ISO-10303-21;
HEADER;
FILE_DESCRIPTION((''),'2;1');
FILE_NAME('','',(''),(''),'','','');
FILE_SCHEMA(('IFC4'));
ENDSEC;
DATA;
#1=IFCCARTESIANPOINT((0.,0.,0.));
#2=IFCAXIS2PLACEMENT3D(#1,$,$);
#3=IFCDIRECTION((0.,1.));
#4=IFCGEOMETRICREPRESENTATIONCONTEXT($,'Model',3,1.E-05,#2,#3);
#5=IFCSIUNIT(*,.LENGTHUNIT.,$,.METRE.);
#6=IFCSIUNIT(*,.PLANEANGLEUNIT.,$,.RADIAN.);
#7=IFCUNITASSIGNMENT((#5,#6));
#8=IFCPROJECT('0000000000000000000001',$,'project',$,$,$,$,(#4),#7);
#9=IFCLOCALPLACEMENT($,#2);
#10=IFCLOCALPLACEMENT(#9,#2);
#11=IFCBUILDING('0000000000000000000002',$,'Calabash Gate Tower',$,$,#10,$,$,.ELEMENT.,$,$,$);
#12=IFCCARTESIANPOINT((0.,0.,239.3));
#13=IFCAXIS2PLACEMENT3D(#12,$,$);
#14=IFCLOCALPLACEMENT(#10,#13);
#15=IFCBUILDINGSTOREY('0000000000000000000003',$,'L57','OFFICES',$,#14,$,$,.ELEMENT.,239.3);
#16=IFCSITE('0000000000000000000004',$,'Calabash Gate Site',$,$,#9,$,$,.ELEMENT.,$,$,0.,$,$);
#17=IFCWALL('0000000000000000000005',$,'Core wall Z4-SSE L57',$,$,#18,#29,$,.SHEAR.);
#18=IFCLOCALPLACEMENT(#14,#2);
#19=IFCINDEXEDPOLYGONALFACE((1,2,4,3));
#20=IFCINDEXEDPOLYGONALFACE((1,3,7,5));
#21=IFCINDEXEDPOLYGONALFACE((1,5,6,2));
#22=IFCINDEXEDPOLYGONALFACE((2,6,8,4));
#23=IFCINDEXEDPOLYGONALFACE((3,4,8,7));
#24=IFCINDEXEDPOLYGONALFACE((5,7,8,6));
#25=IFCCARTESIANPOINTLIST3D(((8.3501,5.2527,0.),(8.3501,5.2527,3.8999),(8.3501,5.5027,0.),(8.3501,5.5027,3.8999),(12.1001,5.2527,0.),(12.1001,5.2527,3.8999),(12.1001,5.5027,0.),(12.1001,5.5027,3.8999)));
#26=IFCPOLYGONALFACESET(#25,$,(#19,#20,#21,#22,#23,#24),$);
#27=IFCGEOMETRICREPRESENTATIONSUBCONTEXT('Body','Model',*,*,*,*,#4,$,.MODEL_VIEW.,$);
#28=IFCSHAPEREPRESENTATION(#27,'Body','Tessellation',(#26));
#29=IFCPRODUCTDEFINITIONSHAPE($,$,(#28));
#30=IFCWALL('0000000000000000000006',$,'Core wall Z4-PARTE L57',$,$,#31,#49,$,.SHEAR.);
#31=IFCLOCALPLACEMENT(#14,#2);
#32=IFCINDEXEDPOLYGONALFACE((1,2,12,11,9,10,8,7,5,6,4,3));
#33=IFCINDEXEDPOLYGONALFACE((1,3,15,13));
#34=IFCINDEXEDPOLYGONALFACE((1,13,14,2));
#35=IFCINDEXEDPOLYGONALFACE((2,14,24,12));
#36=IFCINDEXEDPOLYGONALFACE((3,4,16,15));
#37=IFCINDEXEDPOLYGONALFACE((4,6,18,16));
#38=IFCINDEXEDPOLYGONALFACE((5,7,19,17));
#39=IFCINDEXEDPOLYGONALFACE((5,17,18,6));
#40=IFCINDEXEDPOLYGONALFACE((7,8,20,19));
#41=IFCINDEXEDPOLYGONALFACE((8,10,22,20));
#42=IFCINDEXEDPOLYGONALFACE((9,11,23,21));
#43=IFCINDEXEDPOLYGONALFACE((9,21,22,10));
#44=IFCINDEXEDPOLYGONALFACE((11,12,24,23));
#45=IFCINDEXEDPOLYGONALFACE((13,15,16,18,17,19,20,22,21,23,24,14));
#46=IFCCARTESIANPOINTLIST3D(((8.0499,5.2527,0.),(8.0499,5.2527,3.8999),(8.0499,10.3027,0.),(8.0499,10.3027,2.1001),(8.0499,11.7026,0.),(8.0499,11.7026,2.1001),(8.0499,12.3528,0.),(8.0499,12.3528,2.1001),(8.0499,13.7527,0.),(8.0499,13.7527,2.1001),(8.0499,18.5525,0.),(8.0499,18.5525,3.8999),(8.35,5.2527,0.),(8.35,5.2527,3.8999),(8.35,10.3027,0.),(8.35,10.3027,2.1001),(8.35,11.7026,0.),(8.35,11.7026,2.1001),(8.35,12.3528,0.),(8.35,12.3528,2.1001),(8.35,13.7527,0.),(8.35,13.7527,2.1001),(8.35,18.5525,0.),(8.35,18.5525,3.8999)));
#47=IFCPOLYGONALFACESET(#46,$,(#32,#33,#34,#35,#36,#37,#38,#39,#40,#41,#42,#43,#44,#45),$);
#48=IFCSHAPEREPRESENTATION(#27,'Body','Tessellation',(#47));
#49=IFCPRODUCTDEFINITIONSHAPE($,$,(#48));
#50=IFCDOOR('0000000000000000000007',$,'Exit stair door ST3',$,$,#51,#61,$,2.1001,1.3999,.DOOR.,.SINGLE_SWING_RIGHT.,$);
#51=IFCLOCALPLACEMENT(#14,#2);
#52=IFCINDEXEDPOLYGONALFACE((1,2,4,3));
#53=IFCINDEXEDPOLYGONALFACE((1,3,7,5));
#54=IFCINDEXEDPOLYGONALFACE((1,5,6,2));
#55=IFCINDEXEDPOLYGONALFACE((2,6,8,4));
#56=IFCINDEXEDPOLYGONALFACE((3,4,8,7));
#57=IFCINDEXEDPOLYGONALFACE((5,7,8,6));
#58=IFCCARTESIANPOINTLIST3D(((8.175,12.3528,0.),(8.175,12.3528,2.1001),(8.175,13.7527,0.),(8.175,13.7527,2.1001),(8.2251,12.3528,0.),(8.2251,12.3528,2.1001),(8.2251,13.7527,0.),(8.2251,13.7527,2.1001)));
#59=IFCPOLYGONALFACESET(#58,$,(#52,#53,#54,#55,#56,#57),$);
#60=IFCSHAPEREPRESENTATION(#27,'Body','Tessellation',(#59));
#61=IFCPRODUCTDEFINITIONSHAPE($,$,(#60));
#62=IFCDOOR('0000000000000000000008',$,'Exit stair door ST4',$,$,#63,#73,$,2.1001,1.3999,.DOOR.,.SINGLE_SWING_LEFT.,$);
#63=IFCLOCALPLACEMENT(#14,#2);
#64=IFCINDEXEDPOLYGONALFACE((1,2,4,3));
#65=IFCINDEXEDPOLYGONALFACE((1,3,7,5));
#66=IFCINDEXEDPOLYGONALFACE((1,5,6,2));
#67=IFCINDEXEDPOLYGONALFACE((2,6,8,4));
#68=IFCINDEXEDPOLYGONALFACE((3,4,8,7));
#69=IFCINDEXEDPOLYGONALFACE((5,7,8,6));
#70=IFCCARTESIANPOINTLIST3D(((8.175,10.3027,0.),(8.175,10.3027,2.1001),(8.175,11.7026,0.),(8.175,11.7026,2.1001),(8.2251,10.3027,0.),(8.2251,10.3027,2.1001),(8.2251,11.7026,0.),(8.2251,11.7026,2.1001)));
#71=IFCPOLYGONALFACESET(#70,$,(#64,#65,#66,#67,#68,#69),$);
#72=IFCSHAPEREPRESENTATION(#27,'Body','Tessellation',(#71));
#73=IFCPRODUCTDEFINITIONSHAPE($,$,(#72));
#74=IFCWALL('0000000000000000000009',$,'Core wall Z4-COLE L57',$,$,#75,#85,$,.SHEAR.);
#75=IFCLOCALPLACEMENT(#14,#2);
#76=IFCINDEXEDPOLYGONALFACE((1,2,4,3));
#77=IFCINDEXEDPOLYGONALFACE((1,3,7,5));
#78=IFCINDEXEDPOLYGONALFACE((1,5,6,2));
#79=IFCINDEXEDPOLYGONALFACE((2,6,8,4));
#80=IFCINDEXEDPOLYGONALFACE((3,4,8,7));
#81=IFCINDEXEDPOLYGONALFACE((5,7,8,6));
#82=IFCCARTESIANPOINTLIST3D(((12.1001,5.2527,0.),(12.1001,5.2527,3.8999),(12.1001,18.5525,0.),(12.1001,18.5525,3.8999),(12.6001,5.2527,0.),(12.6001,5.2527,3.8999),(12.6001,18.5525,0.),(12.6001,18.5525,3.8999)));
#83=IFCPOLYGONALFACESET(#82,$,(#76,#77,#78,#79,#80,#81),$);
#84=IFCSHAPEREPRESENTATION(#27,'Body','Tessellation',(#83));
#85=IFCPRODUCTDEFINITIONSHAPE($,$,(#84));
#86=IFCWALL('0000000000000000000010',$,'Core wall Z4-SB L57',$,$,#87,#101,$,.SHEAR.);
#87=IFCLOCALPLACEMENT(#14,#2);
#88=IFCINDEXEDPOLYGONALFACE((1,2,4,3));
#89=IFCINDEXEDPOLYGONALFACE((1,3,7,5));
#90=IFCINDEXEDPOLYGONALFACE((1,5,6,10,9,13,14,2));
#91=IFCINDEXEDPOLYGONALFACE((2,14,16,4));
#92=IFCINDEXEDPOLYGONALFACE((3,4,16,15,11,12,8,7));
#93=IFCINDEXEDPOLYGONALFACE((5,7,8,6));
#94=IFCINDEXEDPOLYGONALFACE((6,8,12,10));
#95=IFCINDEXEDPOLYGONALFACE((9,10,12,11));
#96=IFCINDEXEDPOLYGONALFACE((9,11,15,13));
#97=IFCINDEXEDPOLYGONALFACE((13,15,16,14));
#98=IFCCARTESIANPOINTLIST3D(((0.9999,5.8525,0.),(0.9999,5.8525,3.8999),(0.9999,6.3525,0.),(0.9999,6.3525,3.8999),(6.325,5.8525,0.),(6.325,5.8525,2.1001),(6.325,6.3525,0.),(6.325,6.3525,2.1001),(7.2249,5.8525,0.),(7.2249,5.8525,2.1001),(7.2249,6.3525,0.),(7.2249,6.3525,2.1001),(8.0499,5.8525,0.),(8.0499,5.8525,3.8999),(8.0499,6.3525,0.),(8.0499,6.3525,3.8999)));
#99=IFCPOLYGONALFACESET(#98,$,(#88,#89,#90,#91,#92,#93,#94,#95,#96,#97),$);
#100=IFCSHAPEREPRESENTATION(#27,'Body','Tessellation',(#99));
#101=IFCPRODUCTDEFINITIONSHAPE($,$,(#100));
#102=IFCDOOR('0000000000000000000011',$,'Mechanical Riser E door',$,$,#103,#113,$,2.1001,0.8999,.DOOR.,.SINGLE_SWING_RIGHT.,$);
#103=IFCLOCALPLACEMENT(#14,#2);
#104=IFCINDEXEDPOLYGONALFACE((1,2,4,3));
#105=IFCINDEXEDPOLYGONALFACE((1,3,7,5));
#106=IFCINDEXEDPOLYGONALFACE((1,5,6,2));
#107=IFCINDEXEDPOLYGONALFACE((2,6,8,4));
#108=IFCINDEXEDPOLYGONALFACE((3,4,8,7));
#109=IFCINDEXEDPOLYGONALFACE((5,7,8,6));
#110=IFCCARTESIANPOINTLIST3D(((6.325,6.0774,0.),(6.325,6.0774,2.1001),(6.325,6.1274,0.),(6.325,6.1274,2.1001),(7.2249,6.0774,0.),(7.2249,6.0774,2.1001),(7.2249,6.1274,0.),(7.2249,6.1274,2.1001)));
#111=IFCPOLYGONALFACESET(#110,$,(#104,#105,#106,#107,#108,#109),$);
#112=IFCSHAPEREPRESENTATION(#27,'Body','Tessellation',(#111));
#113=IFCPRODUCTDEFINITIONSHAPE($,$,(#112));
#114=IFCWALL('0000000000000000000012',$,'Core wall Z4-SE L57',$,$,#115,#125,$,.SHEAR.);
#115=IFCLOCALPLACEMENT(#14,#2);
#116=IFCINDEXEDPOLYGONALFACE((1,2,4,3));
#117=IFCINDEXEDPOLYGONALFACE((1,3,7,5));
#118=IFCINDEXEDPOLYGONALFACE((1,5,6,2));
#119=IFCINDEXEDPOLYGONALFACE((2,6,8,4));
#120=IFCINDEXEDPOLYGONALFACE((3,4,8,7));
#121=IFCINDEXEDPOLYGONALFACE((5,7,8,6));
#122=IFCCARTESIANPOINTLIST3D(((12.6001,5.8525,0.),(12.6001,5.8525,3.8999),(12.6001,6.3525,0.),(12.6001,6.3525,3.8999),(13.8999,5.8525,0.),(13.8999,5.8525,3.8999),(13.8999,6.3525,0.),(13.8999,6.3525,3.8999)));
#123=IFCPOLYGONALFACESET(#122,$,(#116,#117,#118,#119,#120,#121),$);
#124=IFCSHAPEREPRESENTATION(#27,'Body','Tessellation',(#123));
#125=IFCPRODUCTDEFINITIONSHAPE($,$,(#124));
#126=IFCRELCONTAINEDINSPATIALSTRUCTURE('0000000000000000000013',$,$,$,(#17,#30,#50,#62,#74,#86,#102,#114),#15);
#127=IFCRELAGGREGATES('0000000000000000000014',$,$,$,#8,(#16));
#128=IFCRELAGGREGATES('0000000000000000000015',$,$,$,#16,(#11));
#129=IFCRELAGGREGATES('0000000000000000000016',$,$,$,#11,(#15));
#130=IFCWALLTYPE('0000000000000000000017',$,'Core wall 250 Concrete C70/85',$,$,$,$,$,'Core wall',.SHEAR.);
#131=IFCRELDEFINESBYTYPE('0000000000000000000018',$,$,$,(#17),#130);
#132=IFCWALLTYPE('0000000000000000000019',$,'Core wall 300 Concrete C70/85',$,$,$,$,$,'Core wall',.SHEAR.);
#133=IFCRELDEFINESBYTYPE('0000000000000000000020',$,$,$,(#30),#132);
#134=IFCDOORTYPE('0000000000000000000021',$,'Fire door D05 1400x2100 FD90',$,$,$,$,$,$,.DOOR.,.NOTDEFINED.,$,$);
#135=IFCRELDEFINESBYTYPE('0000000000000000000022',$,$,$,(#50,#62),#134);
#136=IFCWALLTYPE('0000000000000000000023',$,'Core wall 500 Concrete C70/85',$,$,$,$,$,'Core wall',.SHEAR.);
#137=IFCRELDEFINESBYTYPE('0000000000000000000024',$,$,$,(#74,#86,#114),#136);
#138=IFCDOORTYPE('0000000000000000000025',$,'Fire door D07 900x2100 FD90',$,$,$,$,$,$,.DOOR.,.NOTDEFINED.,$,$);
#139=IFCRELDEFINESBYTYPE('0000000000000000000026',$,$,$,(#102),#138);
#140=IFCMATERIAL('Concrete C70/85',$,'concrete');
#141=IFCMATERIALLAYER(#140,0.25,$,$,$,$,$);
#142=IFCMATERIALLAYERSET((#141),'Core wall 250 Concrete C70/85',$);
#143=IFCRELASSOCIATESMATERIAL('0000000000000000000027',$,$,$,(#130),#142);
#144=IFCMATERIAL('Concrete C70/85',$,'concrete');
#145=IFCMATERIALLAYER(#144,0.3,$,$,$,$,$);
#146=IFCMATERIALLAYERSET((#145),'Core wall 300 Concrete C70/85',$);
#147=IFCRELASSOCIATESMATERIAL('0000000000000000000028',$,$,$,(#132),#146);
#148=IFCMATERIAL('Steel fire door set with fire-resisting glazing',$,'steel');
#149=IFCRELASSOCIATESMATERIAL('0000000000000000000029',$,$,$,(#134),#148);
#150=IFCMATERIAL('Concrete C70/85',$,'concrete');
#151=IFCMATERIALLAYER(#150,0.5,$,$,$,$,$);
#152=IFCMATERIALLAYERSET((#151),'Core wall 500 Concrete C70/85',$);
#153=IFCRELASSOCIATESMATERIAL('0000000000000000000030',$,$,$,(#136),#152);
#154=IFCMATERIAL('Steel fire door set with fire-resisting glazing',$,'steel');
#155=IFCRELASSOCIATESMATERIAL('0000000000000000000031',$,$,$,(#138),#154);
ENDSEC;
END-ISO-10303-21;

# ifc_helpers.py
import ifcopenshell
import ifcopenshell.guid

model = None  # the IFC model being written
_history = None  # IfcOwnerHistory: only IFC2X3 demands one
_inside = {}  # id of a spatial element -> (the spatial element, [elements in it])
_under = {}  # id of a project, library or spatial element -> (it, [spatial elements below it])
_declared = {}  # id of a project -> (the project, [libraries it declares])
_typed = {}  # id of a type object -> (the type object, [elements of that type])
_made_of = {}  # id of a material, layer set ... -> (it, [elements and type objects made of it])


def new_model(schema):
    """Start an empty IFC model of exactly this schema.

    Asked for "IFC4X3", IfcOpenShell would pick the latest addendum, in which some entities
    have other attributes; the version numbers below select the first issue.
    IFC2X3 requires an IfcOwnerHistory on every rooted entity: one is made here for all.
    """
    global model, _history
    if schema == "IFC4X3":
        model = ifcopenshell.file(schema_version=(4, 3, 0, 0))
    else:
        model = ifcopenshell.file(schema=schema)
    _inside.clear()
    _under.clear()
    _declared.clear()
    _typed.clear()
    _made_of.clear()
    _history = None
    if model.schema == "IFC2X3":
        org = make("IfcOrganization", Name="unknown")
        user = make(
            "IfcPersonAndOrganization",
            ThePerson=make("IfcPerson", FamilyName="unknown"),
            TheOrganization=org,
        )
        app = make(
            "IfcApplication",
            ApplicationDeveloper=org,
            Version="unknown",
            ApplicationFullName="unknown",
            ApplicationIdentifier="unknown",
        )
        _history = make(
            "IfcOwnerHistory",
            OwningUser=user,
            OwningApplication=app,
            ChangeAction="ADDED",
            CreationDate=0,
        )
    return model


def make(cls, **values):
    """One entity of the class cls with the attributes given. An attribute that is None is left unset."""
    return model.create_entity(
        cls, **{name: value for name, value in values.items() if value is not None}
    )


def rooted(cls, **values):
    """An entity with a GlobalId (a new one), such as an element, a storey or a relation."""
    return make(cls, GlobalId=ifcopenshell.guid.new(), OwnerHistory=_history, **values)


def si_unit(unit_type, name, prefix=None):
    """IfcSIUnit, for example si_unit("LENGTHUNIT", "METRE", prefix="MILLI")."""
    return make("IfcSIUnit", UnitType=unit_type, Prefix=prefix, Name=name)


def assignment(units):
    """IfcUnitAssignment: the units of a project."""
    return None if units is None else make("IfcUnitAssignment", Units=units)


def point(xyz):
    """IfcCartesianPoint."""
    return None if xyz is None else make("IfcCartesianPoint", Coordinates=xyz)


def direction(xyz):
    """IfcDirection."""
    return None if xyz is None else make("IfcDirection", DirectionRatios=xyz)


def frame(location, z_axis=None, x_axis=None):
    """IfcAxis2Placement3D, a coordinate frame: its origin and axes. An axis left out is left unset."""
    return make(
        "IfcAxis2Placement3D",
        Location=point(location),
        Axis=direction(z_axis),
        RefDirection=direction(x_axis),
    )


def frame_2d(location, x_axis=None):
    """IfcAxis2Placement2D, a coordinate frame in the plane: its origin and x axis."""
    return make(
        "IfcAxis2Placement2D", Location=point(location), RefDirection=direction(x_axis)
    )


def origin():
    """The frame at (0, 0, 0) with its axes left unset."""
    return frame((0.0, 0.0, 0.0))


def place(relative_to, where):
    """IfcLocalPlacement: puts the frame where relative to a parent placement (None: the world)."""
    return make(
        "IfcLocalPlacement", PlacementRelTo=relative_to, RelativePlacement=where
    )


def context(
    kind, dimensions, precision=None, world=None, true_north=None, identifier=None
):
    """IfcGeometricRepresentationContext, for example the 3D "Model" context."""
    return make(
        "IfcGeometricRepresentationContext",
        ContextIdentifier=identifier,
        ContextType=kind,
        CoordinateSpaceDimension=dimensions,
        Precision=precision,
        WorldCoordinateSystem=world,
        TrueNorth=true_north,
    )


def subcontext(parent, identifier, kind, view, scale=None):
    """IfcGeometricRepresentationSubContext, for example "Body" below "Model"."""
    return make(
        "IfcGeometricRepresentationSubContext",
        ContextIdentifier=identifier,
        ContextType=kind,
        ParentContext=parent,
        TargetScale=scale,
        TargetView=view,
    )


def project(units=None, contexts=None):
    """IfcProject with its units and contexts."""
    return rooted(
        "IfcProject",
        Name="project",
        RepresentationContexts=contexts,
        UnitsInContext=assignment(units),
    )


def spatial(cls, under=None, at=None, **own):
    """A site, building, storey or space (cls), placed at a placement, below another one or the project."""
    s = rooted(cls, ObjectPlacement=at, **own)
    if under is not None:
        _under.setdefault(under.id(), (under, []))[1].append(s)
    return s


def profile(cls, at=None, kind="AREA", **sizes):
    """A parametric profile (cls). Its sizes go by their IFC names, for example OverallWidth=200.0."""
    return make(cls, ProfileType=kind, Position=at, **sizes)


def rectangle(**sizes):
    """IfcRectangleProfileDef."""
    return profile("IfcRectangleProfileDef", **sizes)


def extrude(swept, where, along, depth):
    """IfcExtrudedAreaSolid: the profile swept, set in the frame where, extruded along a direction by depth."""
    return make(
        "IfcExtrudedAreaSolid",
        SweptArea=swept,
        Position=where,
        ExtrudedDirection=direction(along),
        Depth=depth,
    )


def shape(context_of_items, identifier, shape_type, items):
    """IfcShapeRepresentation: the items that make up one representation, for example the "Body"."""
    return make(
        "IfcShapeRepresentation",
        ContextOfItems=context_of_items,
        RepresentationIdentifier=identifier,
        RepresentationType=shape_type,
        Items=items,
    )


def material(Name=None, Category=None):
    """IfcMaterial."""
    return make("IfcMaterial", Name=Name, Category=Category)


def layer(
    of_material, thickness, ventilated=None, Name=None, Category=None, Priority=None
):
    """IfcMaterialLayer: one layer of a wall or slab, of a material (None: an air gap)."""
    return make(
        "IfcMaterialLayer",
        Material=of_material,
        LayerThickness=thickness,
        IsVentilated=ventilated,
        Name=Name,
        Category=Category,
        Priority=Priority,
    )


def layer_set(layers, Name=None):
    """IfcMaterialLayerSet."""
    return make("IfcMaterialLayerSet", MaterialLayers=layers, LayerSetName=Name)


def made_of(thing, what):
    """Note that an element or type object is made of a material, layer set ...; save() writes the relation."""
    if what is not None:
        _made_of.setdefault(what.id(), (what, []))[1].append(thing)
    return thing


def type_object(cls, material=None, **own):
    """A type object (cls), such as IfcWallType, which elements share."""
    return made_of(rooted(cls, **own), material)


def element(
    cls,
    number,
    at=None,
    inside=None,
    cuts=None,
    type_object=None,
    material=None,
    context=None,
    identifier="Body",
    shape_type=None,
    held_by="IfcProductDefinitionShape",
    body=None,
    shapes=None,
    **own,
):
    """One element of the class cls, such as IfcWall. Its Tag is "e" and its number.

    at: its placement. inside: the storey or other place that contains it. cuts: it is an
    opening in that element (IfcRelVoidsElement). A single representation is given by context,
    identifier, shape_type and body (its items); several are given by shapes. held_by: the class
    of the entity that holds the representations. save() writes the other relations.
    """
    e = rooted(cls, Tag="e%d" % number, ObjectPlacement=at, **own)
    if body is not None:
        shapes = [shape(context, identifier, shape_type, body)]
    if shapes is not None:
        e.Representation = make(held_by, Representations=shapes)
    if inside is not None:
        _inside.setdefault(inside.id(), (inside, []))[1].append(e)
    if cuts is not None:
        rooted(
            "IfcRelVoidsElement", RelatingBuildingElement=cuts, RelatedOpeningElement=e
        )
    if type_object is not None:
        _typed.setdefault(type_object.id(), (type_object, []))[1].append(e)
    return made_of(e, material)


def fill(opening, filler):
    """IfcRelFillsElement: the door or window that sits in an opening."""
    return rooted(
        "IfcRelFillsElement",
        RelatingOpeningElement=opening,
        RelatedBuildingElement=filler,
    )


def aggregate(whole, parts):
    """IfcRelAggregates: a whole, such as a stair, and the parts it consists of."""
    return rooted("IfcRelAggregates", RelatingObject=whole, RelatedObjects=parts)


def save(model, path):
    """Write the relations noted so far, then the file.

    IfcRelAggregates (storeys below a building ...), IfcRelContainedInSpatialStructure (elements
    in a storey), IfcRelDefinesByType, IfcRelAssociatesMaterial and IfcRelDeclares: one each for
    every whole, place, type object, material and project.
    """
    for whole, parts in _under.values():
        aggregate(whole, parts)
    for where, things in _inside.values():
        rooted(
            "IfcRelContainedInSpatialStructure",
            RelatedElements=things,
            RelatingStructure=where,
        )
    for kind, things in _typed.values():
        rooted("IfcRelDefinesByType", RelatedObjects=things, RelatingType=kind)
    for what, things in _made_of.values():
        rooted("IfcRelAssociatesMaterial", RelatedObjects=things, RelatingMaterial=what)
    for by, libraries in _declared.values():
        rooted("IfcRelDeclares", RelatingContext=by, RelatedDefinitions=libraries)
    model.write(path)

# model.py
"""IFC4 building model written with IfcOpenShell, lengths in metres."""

from ifc_helpers import new_model, si_unit, direction, frame, frame_2d, origin, place, context, subcontext, project, spatial, rectangle, extrude, material, layer, layer_set, type_object, element, fill, save


model = new_model("IFC4")

# Units and contexts
model_context = context("Model", 3, precision=1e-05, world=origin(), true_north=direction((0.0, 1.0)))
body_context = subcontext(model_context, "Body", "Model", "MODEL_VIEW")
ifc_project = project(units=[si_unit("LENGTHUNIT", "METRE"), si_unit("PLANEANGLEUNIT", "RADIAN")], contexts=[model_context])

# Site, building, storey
site_placement = place(None, origin())
site = spatial("IfcSite", under=ifc_project, at=site_placement, Name="Calabash Gate Site", CompositionType="ELEMENT", RefElevation=0.0)
building_placement = place(site_placement, origin())
building = spatial("IfcBuilding", under=site, at=building_placement, Name="Calabash Gate Tower", CompositionType="ELEMENT")
storey_placement = place(building_placement, frame((0.0, 0.0, 239.3)))
storey = spatial("IfcBuildingStorey", under=building, at=storey_placement, Name="L57", Description="OFFICES", CompositionType="ELEMENT", Elevation=239.3)

# Wall
ifc_material_1 = material(Name="Concrete C70/85", Category="concrete")
ifc_layer_1 = layer(ifc_material_1, 0.25)
ifc_layer_set_1 = layer_set([ifc_layer_1], Name="Core wall 250 Concrete C70/85")
wall_type_1 = type_object("IfcWallType", Name="Core wall 250 Concrete C70/85", ElementType="Core wall", PredefinedType="SHEAR", material=ifc_layer_set_1)
wall_1_placement = place(storey_placement, frame((8.3501, 5.3777, 0.0), z_axis=(0.0, 0.0, 1.0), x_axis=(1.0, 0.0, 0.0)))
element("IfcWall", 1, at=wall_1_placement, inside=storey, type_object=wall_type_1, Name="Core wall Z4-SSE L57", PredefinedType="SHEAR", context=body_context, shape_type="SweptSolid", body=[
    extrude(rectangle(XDim=3.75, YDim=0.25, at=frame_2d((1.875, 0.0))), origin(), (0.0, 0.0, 1.0), 3.8999),
])

# Wall, openings, doors
ifc_material_2 = material(Name="Concrete C70/85", Category="concrete")
ifc_layer_2 = layer(ifc_material_2, 0.3)
ifc_layer_set_2 = layer_set([ifc_layer_2], Name="Core wall 300 Concrete C70/85")
wall_type_2 = type_object("IfcWallType", Name="Core wall 300 Concrete C70/85", ElementType="Core wall", PredefinedType="SHEAR", material=ifc_layer_set_2)
wall_2_placement = place(storey_placement, frame((8.2, 5.2527, 0.0), z_axis=(0.0, 0.0, 1.0), x_axis=(0.0, 1.0, 0.0)))
wall_2 = element("IfcWall", 2, at=wall_2_placement, inside=storey, type_object=wall_type_2, Name="Core wall Z4-PARTE L57", PredefinedType="SHEAR", context=body_context, shape_type="SweptSolid", body=[
    extrude(rectangle(XDim=13.2998, YDim=0.3, at=frame_2d((6.6499, 0.0))), origin(), (0.0, 0.0, 1.0), 3.8999),
])
opening_1_placement = place(wall_2_placement, frame((7.1001, 0.0, 0.0)))
opening_1 = element("IfcOpeningElement", 3, at=opening_1_placement, cuts=wall_2, PredefinedType="OPENING", context=body_context, shape_type="SweptSolid", body=[
    extrude(rectangle(XDim=1.3999, YDim=2.1001, at=frame_2d((0.7, 1.05))), frame((0.0, 0.1599, 0.0), z_axis=(0.0, -1.0, 0.0), x_axis=(1.0, 0.0, 0.0)), (0.0, 0.0, 1.0), 0.3201),
])
opening_2_placement = place(wall_2_placement, frame((5.05, 0.0, 0.0)))
opening_2 = element("IfcOpeningElement", 4, at=opening_2_placement, cuts=wall_2, PredefinedType="OPENING", context=body_context, shape_type="SweptSolid", body=[
    extrude(rectangle(XDim=1.3999, YDim=2.1001, at=frame_2d((0.7, 1.05))), frame((0.0, 0.1599, 0.0), z_axis=(0.0, -1.0, 0.0), x_axis=(1.0, 0.0, 0.0)), (0.0, 0.0, 1.0), 0.3201),
])
ifc_material_3 = material(Name="Steel fire door set with fire-resisting glazing", Category="steel")
door_type_1 = type_object("IfcDoorType", Name="Fire door D05 1400x2100 FD90", OperationType="NOTDEFINED", PredefinedType="DOOR", material=ifc_material_3)
door_1_placement = place(opening_1_placement, origin())
door_1 = element("IfcDoor", 5, at=door_1_placement, inside=storey, type_object=door_type_1, Name="Exit stair door ST3", OperationType="SINGLE_SWING_RIGHT", OverallHeight=2.1001, OverallWidth=1.3999, PredefinedType="DOOR", context=body_context, shape_type="SweptSolid", body=[
    extrude(rectangle(XDim=1.3999, YDim=2.1001, at=frame_2d((0.7, 1.05))), frame((0.0, 0.0249, 0.0), z_axis=(0.0, -1.0, 0.0), x_axis=(1.0, 0.0, 0.0)), (0.0, 0.0, 1.0), 0.05),
])
fill(opening_1, door_1)
door_2_placement = place(opening_2_placement, origin())
door_2 = element("IfcDoor", 6, at=door_2_placement, inside=storey, type_object=door_type_1, Name="Exit stair door ST4", OperationType="SINGLE_SWING_LEFT", OverallHeight=2.1001, OverallWidth=1.3999, PredefinedType="DOOR", context=body_context, shape_type="SweptSolid", body=[
    extrude(rectangle(XDim=1.3999, YDim=2.1001, at=frame_2d((0.7, 1.05))), frame((0.0, 0.0249, 0.0), z_axis=(0.0, -1.0, 0.0), x_axis=(1.0, 0.0, 0.0)), (0.0, 0.0, 1.0), 0.05),
])
fill(opening_2, door_2)

# Wall
ifc_material_4 = material(Name="Concrete C70/85", Category="concrete")
ifc_layer_3 = layer(ifc_material_4, 0.5)
ifc_layer_set_3 = layer_set([ifc_layer_3], Name="Core wall 500 Concrete C70/85")
wall_type_3 = type_object("IfcWallType", Name="Core wall 500 Concrete C70/85", ElementType="Core wall", PredefinedType="SHEAR", material=ifc_layer_set_3)
wall_3_placement = place(storey_placement, frame((12.3501, 5.2527, 0.0), z_axis=(0.0, 0.0, 1.0), x_axis=(0.0, 1.0, 0.0)))
element("IfcWall", 7, at=wall_3_placement, inside=storey, type_object=wall_type_3, Name="Core wall Z4-COLE L57", PredefinedType="SHEAR", context=body_context, shape_type="SweptSolid", body=[
    extrude(rectangle(XDim=13.2998, YDim=0.5, at=frame_2d((6.6499, 0.0))), origin(), (0.0, 0.0, 1.0), 3.8999),
])

# Wall, opening, door
wall_4_placement = place(storey_placement, frame((1.0, 6.1025, 0.0), z_axis=(0.0, 0.0, 1.0), x_axis=(1.0, 0.0, 0.0)))
wall_4 = element("IfcWall", 8, at=wall_4_placement, inside=storey, type_object=wall_type_3, Name="Core wall Z4-SB L57", PredefinedType="SHEAR", context=body_context, shape_type="SweptSolid", body=[
    extrude(rectangle(XDim=7.05, YDim=0.5, at=frame_2d((3.5249, 0.0))), origin(), (0.0, 0.0, 1.0), 3.8999),
])
opening_3_placement = place(wall_4_placement, frame((5.325, 0.0, 0.0)))
opening_3 = element("IfcOpeningElement", 9, at=opening_3_placement, cuts=wall_4, PredefinedType="OPENING", context=body_context, shape_type="SweptSolid", body=[
    extrude(rectangle(XDim=0.8999, YDim=2.1001, at=frame_2d((0.45, 1.05))), frame((0.0, 0.26, 0.0), z_axis=(0.0, -1.0, 0.0), x_axis=(1.0, 0.0, 0.0)), (0.0, 0.0, 1.0), 0.52),
])
ifc_material_5 = material(Name="Steel fire door set with fire-resisting glazing", Category="steel")
door_type_2 = type_object("IfcDoorType", Name="Fire door D07 900x2100 FD90", OperationType="NOTDEFINED", PredefinedType="DOOR", material=ifc_material_5)
door_3_placement = place(opening_3_placement, origin())
door_3 = element("IfcDoor", 10, at=door_3_placement, inside=storey, type_object=door_type_2, Name="Mechanical Riser E door", OperationType="SINGLE_SWING_RIGHT", OverallHeight=2.1001, OverallWidth=0.8999, PredefinedType="DOOR", context=body_context, shape_type="SweptSolid", body=[
    extrude(rectangle(XDim=0.8999, YDim=2.1001, at=frame_2d((0.45, 1.05))), frame((0.0, 0.0249, 0.0), z_axis=(0.0, -1.0, 0.0), x_axis=(1.0, 0.0, 0.0)), (0.0, 0.0, 1.0), 0.05),
])
fill(opening_3, door_3)

# Wall
wall_5_placement = place(storey_placement, frame((12.6001, 6.1025, 0.0), z_axis=(0.0, 0.0, 1.0), x_axis=(1.0, 0.0, 0.0)))
element("IfcWall", 11, at=wall_5_placement, inside=storey, type_object=wall_type_3, Name="Core wall Z4-SE L57", PredefinedType="SHEAR", context=body_context, shape_type="SweptSolid", body=[
    extrude(rectangle(XDim=1.2998, YDim=0.5, at=frame_2d((0.6499, 0.0))), origin(), (0.0, 0.0, 1.0), 3.8999),
])

save(model, "model.ifc")
